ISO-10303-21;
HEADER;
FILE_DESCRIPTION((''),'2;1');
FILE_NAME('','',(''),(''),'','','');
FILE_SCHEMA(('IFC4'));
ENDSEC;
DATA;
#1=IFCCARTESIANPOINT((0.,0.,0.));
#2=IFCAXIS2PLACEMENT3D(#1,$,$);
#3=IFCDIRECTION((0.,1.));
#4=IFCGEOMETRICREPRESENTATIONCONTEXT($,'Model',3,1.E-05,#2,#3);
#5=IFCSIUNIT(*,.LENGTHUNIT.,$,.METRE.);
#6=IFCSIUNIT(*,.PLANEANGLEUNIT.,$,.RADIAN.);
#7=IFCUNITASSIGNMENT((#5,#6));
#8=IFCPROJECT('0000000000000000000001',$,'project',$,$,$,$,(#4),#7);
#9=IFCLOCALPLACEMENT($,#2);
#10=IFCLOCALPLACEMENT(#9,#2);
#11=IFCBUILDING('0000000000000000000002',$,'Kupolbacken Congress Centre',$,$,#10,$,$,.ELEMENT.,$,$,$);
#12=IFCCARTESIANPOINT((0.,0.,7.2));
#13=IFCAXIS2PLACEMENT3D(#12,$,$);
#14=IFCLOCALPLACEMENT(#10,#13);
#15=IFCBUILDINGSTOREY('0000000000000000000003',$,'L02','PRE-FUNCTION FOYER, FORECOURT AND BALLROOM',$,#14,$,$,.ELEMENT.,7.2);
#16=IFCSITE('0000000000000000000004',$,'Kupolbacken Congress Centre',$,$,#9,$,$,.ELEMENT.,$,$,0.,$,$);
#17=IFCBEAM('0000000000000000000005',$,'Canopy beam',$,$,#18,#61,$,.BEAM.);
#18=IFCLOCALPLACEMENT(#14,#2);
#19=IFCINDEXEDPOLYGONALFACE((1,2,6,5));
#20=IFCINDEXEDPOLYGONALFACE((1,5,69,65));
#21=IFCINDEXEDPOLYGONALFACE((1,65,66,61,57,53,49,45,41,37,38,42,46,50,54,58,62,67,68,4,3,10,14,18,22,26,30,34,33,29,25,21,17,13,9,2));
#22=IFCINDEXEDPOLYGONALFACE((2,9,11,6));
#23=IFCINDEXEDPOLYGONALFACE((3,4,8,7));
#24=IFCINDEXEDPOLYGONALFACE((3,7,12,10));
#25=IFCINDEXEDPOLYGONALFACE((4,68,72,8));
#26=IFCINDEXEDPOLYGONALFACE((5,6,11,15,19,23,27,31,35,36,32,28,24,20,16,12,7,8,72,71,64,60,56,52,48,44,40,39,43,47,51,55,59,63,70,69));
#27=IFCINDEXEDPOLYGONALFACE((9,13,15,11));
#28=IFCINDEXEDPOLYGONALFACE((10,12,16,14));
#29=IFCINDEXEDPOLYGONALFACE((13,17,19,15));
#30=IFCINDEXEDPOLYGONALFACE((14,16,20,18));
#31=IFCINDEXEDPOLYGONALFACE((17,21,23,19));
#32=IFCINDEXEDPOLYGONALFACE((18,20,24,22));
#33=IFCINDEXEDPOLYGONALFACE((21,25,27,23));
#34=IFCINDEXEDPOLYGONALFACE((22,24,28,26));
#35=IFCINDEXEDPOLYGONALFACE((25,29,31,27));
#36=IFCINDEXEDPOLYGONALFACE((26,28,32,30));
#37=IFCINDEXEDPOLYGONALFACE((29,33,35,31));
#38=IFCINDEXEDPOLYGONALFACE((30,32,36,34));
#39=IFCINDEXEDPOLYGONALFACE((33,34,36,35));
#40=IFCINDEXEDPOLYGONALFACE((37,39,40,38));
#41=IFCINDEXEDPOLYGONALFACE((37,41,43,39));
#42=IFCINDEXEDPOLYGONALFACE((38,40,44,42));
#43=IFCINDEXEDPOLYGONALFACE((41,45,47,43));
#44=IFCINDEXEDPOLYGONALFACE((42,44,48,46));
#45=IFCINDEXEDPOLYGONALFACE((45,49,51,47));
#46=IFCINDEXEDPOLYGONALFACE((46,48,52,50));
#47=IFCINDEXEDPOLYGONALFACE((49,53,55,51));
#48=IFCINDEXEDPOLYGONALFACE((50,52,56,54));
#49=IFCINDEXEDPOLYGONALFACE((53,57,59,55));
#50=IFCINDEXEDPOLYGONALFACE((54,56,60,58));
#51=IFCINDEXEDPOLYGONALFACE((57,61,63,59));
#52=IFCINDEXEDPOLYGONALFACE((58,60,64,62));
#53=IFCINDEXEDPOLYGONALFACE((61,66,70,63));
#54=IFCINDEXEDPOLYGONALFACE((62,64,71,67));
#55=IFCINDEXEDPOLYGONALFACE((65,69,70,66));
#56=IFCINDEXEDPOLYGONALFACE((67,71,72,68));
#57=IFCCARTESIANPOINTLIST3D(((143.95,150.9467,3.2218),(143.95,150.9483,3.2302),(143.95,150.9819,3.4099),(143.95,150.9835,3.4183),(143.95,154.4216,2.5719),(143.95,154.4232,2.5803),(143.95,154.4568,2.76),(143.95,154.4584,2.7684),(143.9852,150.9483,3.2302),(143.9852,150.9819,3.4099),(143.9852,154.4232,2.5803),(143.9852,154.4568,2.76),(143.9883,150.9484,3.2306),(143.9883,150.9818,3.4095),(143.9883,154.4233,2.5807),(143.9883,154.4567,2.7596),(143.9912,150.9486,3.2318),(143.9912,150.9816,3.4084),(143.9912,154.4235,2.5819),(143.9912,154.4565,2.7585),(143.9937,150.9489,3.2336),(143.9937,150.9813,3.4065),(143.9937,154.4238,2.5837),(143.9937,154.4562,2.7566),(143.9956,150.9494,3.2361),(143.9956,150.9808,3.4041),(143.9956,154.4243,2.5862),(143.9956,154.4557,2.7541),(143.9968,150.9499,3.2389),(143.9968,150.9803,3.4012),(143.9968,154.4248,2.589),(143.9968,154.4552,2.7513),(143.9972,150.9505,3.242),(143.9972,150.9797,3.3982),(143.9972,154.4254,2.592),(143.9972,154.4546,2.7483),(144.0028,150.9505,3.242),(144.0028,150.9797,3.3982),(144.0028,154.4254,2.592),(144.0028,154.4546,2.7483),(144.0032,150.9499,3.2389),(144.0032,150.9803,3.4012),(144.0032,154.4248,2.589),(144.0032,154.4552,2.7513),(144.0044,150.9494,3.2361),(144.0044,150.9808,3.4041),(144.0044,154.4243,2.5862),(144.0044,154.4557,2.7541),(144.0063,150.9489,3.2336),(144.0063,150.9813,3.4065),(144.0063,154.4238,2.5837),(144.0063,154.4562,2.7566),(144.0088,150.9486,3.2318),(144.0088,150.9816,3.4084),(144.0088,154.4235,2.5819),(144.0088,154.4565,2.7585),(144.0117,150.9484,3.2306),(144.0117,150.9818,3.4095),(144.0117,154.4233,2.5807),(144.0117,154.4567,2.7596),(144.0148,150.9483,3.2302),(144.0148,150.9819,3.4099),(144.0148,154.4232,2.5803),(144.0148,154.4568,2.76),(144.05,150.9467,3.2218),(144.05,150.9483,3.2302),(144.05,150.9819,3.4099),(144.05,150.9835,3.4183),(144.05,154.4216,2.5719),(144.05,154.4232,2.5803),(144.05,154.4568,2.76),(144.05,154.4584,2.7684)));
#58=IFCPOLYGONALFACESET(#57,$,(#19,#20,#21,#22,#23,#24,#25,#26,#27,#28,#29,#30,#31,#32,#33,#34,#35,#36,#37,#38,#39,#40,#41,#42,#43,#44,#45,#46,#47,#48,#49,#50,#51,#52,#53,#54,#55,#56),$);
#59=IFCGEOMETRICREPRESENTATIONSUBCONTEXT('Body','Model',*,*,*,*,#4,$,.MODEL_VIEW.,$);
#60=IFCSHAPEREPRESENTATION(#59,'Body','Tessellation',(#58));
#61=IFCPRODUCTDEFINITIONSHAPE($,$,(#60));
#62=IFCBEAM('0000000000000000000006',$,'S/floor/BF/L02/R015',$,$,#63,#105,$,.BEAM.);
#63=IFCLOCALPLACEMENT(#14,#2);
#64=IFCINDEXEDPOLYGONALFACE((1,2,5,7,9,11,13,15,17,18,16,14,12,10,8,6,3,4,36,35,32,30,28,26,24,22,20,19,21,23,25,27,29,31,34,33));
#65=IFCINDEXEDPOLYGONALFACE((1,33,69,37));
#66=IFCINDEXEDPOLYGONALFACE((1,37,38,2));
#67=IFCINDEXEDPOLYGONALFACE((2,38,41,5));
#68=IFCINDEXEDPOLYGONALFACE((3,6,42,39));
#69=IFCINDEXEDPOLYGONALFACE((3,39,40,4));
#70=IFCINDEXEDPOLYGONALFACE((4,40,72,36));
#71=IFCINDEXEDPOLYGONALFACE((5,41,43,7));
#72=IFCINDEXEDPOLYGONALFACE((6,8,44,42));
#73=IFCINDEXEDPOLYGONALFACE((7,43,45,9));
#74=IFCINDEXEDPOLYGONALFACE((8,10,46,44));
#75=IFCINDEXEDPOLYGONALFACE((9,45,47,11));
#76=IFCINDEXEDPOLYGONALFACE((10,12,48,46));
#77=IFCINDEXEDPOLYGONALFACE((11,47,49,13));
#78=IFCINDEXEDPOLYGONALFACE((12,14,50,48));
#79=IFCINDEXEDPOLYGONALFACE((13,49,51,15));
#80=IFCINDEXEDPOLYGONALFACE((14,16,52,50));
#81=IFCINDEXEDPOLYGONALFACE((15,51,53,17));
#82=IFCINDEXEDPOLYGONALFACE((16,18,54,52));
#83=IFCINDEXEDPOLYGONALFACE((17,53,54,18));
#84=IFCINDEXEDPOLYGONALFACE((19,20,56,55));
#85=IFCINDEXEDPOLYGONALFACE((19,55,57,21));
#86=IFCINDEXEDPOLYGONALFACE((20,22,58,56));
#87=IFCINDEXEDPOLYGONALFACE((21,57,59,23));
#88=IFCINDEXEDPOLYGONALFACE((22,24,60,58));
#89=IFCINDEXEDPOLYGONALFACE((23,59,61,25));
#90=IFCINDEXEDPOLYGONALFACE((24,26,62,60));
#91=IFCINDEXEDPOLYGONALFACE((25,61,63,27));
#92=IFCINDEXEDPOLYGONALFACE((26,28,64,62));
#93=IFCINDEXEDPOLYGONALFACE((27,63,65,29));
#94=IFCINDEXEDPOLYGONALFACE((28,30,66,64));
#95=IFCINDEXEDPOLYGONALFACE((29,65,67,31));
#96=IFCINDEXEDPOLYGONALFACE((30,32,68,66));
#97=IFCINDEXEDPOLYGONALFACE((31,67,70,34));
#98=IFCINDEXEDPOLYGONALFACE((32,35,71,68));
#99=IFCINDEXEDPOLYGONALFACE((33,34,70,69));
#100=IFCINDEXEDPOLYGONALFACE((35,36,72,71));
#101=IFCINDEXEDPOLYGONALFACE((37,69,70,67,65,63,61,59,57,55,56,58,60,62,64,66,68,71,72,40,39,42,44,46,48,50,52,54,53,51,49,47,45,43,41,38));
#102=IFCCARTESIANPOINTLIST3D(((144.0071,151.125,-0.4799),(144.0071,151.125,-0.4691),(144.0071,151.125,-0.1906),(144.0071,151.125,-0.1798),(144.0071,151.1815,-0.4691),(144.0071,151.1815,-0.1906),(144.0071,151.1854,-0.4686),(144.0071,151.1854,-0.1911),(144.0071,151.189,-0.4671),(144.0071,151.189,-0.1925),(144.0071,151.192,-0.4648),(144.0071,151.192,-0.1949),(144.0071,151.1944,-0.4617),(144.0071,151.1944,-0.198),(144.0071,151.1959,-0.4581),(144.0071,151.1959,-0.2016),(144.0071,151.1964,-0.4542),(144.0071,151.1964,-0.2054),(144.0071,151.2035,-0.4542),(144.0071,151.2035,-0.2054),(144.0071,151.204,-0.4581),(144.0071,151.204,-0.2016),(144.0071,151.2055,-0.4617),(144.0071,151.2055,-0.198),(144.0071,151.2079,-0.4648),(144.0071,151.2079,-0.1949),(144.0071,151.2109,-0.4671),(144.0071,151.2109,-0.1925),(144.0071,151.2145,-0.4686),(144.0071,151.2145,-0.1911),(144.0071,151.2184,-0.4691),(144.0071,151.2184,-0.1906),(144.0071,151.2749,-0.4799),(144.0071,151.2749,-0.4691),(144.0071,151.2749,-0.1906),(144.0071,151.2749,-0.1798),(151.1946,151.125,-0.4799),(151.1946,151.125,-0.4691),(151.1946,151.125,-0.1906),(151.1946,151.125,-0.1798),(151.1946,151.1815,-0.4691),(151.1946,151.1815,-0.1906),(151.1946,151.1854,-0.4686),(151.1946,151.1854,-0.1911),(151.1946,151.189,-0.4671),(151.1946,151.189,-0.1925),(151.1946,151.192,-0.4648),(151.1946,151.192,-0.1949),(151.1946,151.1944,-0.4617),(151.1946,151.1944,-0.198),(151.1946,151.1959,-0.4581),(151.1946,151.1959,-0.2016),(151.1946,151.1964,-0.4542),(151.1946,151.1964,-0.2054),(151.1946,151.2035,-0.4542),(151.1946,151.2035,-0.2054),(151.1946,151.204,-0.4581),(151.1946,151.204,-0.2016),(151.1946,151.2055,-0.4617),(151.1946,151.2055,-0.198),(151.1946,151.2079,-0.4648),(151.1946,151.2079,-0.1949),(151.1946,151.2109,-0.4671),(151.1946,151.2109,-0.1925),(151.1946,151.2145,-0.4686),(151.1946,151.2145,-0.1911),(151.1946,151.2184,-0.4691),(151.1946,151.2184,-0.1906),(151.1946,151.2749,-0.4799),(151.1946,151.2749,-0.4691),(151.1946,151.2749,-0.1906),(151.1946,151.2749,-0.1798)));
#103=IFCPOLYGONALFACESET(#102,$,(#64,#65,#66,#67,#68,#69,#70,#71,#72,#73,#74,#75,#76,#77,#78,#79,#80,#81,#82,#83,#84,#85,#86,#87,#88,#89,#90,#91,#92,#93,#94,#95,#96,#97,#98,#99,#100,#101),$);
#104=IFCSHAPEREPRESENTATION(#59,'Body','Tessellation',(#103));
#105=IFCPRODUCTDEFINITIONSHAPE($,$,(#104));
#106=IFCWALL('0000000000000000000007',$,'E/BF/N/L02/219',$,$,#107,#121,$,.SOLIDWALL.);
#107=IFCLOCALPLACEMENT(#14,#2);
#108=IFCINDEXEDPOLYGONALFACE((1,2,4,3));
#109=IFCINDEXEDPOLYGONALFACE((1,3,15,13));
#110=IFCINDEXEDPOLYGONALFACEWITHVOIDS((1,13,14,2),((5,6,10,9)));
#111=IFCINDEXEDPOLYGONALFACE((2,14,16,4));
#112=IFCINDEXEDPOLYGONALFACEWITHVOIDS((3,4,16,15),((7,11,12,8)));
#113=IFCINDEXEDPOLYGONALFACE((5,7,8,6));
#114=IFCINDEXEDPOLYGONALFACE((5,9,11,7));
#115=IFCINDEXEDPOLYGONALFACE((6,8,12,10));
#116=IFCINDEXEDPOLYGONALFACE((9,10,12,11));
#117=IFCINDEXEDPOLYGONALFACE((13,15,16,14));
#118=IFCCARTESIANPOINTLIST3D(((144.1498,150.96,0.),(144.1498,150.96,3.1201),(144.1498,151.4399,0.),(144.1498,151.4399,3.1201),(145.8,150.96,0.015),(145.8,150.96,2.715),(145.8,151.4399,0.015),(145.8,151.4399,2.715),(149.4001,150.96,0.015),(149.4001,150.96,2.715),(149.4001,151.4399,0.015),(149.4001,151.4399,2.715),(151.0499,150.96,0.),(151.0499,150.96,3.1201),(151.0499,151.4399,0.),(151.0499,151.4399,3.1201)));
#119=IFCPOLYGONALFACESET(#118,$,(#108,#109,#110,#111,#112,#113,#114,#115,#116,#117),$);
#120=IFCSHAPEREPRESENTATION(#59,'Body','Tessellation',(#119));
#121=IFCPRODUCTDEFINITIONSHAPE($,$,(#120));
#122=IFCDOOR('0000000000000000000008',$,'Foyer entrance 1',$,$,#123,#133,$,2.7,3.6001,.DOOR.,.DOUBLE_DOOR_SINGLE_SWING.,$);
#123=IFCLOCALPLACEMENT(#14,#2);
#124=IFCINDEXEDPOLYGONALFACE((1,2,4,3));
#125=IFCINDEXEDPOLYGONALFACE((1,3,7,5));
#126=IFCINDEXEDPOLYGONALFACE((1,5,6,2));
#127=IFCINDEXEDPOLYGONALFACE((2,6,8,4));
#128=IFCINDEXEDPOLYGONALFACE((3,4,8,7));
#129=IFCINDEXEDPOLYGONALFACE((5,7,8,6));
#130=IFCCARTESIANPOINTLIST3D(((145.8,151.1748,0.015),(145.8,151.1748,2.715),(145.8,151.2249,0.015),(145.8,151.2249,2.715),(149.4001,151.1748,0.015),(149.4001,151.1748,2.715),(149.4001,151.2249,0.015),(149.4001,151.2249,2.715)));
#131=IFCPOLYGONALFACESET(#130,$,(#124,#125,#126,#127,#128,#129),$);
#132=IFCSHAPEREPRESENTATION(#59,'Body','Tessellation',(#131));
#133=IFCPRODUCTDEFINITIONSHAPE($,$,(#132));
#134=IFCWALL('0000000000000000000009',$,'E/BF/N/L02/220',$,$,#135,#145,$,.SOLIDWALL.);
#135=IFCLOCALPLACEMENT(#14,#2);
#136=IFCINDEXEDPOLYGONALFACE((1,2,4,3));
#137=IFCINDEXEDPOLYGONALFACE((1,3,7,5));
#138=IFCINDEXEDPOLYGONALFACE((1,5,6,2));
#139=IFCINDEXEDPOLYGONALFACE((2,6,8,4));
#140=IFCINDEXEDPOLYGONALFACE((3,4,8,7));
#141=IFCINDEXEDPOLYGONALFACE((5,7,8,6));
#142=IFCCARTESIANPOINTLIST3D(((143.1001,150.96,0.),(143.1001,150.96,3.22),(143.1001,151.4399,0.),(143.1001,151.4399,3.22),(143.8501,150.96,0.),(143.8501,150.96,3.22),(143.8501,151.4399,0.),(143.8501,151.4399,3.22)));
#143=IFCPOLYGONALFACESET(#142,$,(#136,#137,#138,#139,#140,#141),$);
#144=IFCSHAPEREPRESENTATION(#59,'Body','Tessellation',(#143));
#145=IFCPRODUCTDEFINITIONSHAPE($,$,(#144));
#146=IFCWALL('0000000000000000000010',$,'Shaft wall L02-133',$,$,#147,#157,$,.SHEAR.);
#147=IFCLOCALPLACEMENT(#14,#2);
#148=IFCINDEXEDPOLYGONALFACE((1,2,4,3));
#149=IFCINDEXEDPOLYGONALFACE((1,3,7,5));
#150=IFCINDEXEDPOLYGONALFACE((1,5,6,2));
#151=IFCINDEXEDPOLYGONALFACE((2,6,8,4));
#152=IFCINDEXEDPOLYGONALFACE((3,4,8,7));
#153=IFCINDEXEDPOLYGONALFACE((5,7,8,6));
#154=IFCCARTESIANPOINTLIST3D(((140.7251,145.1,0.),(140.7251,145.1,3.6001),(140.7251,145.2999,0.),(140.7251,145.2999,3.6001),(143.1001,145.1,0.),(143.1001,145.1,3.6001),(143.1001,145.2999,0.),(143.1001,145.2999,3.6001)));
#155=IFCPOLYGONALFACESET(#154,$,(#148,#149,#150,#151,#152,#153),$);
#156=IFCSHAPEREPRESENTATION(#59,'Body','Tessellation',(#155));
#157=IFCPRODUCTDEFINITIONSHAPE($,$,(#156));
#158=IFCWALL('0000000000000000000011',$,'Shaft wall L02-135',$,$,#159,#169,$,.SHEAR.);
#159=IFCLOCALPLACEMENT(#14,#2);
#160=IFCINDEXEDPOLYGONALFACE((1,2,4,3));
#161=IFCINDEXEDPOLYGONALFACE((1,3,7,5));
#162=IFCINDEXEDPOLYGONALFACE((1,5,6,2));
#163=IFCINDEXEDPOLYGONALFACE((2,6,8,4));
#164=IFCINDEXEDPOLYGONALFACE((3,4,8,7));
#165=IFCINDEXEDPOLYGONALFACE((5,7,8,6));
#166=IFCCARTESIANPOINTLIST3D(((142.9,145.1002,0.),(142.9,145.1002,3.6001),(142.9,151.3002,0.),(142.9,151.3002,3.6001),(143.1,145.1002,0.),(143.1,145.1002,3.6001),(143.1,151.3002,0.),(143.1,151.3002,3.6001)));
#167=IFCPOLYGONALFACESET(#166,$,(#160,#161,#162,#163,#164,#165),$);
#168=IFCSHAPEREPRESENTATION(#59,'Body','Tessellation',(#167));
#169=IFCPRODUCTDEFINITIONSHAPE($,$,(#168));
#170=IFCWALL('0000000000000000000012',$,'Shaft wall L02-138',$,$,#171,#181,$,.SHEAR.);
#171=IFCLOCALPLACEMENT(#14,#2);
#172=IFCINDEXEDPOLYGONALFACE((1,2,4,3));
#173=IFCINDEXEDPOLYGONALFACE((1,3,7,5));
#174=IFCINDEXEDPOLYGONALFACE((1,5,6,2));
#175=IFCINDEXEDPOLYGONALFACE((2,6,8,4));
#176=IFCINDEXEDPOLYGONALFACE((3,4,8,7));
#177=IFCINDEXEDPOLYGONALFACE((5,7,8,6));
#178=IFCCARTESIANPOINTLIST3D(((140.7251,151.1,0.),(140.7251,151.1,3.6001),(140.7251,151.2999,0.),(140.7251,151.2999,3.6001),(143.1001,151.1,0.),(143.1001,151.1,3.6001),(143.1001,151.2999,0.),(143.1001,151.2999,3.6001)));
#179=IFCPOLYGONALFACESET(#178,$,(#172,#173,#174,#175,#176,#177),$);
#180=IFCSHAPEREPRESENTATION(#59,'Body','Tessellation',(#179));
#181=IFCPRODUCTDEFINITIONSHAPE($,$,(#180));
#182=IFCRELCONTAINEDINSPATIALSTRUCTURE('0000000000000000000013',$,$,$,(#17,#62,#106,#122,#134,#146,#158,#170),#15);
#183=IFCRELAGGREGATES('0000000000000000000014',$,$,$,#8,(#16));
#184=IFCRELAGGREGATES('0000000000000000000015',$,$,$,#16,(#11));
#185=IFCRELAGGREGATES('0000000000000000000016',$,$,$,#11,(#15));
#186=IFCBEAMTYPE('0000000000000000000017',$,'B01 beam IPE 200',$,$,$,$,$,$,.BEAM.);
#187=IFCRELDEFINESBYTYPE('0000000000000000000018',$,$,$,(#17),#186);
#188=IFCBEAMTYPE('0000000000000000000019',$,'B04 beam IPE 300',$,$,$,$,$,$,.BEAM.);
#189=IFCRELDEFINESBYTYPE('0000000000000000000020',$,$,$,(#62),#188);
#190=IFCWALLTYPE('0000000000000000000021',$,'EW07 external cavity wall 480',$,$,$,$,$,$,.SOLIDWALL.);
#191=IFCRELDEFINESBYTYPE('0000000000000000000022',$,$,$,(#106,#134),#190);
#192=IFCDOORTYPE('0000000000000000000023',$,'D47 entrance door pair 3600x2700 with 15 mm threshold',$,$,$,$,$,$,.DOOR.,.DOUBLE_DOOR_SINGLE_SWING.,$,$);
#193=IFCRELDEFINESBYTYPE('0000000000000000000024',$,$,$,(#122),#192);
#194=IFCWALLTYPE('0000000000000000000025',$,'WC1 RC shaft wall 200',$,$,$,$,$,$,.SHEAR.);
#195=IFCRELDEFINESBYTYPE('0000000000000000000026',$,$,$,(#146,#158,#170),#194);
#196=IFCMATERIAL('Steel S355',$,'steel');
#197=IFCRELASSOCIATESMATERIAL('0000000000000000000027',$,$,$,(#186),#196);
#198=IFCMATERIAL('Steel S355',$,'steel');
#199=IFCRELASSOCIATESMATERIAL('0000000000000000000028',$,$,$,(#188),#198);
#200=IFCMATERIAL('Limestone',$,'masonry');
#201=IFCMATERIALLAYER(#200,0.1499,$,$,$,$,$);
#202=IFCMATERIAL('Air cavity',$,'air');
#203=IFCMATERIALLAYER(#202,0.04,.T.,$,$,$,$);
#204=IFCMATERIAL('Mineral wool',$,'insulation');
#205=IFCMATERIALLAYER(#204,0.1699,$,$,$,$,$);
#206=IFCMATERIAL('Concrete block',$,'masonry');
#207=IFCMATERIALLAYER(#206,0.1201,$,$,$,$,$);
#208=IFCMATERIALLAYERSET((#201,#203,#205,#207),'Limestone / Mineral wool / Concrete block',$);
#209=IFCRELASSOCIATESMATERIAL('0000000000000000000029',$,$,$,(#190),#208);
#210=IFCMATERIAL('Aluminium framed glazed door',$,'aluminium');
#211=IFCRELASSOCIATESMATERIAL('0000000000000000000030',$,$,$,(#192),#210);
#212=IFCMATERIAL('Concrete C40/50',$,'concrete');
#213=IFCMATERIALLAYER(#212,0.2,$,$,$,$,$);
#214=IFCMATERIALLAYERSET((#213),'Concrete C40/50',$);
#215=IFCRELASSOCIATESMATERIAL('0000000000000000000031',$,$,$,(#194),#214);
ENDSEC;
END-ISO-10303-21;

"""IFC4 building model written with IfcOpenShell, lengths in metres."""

from ifc_helpers import new_model, si_unit, direction, frame, frame_2d, origin, origin_2d, place, context, subcontext, project, spatial, rectangle, i_section, extrude, material, layer, layer_set, material_profile, profile_set, type_object, element, fill, save


model = new_model("IFC4")

# Units and contexts
model_context = context("Model", 3, precision=1e-05, world=origin(), true_north=direction((0.0, 1.0)))
body_context = subcontext(model_context, "Body", "Model", "MODEL_VIEW")
ifc_project = project(units=[si_unit("LENGTHUNIT", "METRE"), si_unit("PLANEANGLEUNIT", "RADIAN")], contexts=[model_context])

# Site, building, storey
site_placement = place(None, origin())
site = spatial("IfcSite", under=ifc_project, at=site_placement, Name="Kupolbacken Congress Centre", CompositionType="ELEMENT", RefElevation=0.0)
building_placement = place(site_placement, origin())
building = spatial("IfcBuilding", under=site, at=building_placement, Name="Kupolbacken Congress Centre", CompositionType="ELEMENT")
storey_placement = place(building_placement, frame((0.0, 0.0, 7.2)))
storey = spatial("IfcBuildingStorey", under=building, at=storey_placement, Name="L02", Description="PRE-FUNCTION FOYER, FORECOURT AND BALLROOM", CompositionType="ELEMENT", Elevation=7.2)

# Beams
ifc_material_1 = material(Name="Steel S355", Category="steel")
ifc_material_profile_1 = material_profile(ifc_material_1, i_section(OverallWidth=0.1001, OverallDepth=0.2, WebThickness=0.0056, FlangeThickness=0.0085, FilletRadius=0.012, at=origin_2d()), Name="IPE 200")
ifc_profile_set_1 = profile_set([ifc_material_profile_1], Name="Steel S355")
beam_type_1 = type_object("IfcBeamType", Name="B01 beam IPE 200", PredefinedType="BEAM", material=ifc_profile_set_1)
beam_1_placement = place(storey_placement, frame((144.0, 150.9651, 3.3201), z_axis=(0.0, 0.982956, -0.183842), x_axis=(-1.0, 0.0, 0.0)))
element("IfcBeam", 1, at=beam_1_placement, inside=storey, type_object=beam_type_1, Name="Canopy beam", PredefinedType="BEAM", context=body_context, shape_type="SweptSolid", body=[
    extrude(i_section(OverallWidth=0.1001, OverallDepth=0.2, WebThickness=0.0056, FlangeThickness=0.0085, FilletRadius=0.012, at=origin_2d()), origin(), (0.0, 0.0, 1.0), 3.5352),
])
ifc_material_2 = material(Name="Steel S355", Category="steel")
ifc_material_profile_2 = material_profile(ifc_material_2, i_section(OverallWidth=0.1499, OverallDepth=0.3, WebThickness=0.0071, FlangeThickness=0.0107, FilletRadius=0.0149, at=origin_2d()), Name="IPE 300")
ifc_profile_set_2 = profile_set([ifc_material_profile_2], Name="Steel S355")
beam_type_2 = type_object("IfcBeamType", Name="B04 beam IPE 300", PredefinedType="BEAM", material=ifc_profile_set_2)
beam_2_placement = place(storey_placement, frame((144.0071, 151.2, -0.3298), z_axis=(1.0, 0.0, 0.0), x_axis=(0.0, 1.0, 0.0)))
element("IfcBeam", 2, at=beam_2_placement, inside=storey, type_object=beam_type_2, Name="S/floor/BF/L02/R015", PredefinedType="BEAM", context=body_context, shape_type="SweptSolid", body=[
    extrude(i_section(OverallWidth=0.1499, OverallDepth=0.3, WebThickness=0.0071, FlangeThickness=0.0107, FilletRadius=0.0149, at=origin_2d()), origin(), (0.0, 0.0, 1.0), 7.1875),
])

# Wall, opening, door
ifc_material_3 = material(Name="Limestone", Category="masonry")
ifc_layer_1 = layer(ifc_material_3, 0.1499)
ifc_material_4 = material(Name="Air cavity", Category="air")
ifc_layer_2 = layer(ifc_material_4, 0.04, ventilated=True)
ifc_material_5 = material(Name="Mineral wool", Category="insulation")
ifc_layer_3 = layer(ifc_material_5, 0.1699)
ifc_material_6 = material(Name="Concrete block", Category="masonry")
ifc_layer_4 = layer(ifc_material_6, 0.1201)
ifc_layer_set_1 = layer_set([ifc_layer_1, ifc_layer_2, ifc_layer_3, ifc_layer_4], Name="Limestone / Mineral wool / Concrete block")
wall_type_1 = type_object("IfcWallType", Name="EW07 external cavity wall 480", PredefinedType="SOLIDWALL", material=ifc_layer_set_1)
wall_1_placement = place(storey_placement, frame((151.05, 151.2, 0.0), z_axis=(0.0, 0.0, 1.0), x_axis=(-1.0, 0.0, 0.0)))
wall_1 = element("IfcWall", 3, at=wall_1_placement, inside=storey, type_object=wall_type_1, Name="E/BF/N/L02/219", PredefinedType="SOLIDWALL", context=body_context, shape_type="SweptSolid", body=[
    extrude(rectangle(XDim=6.9001, YDim=0.48, at=frame_2d((3.4502, 0.0))), origin(), (0.0, 0.0, 1.0), 3.1201),
])
opening_1_placement = place(wall_1_placement, frame((1.6499, 0.0, 0.0149)))
opening_1 = element("IfcOpeningElement", 4, at=opening_1_placement, cuts=wall_1, PredefinedType="OPENING", context=body_context, shape_type="SweptSolid", body=[
    extrude(rectangle(XDim=3.6001, YDim=2.7, at=frame_2d((1.8, 1.3501))), frame((0.0, 0.25, 0.0), z_axis=(0.0, -1.0, 0.0), x_axis=(1.0, 0.0, 0.0)), (0.0, 0.0, 1.0), 0.5),
])
ifc_material_7 = material(Name="Aluminium framed glazed door", Category="aluminium")
door_type = type_object("IfcDoorType", Name="D47 entrance door pair 3600x2700 with 15 mm threshold", OperationType="DOUBLE_DOOR_SINGLE_SWING", PredefinedType="DOOR", material=ifc_material_7)
door_placement = place(opening_1_placement, frame((3.6001, 0.0, 0.0), z_axis=(0.0, 0.0, 1.0), x_axis=(-1.0, 0.0, 0.0)))
door = element("IfcDoor", 5, at=door_placement, inside=storey, type_object=door_type, Name="Foyer entrance 1", OperationType="DOUBLE_DOOR_SINGLE_SWING", OverallHeight=2.7, OverallWidth=3.6001, PredefinedType="DOOR", context=body_context, shape_type="SweptSolid", body=[
    extrude(rectangle(XDim=3.6001, YDim=2.7, at=frame_2d((1.8, 1.3501))), frame((0.0, 0.0249, 0.0), z_axis=(0.0, -1.0, 0.0), x_axis=(1.0, 0.0, 0.0)), (0.0, 0.0, 1.0), 0.05),
])
fill(opening_1, door)

# Walls
wall_2_placement = place(storey_placement, frame((143.8501, 151.2, 0.0), z_axis=(0.0, 0.0, 1.0), x_axis=(-1.0, 0.0, 0.0)))
element("IfcWall", 6, at=wall_2_placement, inside=storey, type_object=wall_type_1, Name="E/BF/N/L02/220", PredefinedType="SOLIDWALL", context=body_context, shape_type="SweptSolid", body=[
    extrude(rectangle(XDim=0.75, YDim=0.48, at=frame_2d((0.375, 0.0))), origin(), (0.0, 0.0, 1.0), 3.22),
])
ifc_material_8 = material(Name="Concrete C40/50", Category="concrete")
ifc_layer_5 = layer(ifc_material_8, 0.2)
ifc_layer_set_2 = layer_set([ifc_layer_5], Name="Concrete C40/50")
wall_type_2 = type_object("IfcWallType", Name="WC1 RC shaft wall 200", PredefinedType="SHEAR", material=ifc_layer_set_2)
wall_3_placement = place(storey_placement, frame((140.7251, 145.2, 0.0), z_axis=(0.0, 0.0, 1.0), x_axis=(1.0, 0.0, 0.0)))
element("IfcWall", 7, at=wall_3_placement, inside=storey, type_object=wall_type_2, Name="Shaft wall L02-133", PredefinedType="SHEAR", context=body_context, shape_type="SweptSolid", body=[
    extrude(rectangle(XDim=2.375, YDim=0.2, at=frame_2d((1.1875, 0.0))), origin(), (0.0, 0.0, 1.0), 3.6001),
])
wall_4_placement = place(storey_placement, frame((143.0, 145.1001, 0.0), z_axis=(0.0, 0.0, 1.0), x_axis=(0.0, 1.0, 0.0)))
element("IfcWall", 8, at=wall_4_placement, inside=storey, type_object=wall_type_2, Name="Shaft wall L02-135", PredefinedType="SHEAR", context=body_context, shape_type="SweptSolid", body=[
    extrude(rectangle(XDim=6.2, YDim=0.2, at=frame_2d((3.1001, 0.0))), origin(), (0.0, 0.0, 1.0), 3.6001),
])
wall_5_placement = place(storey_placement, frame((143.1001, 151.2, 0.0), z_axis=(0.0, 0.0, 1.0), x_axis=(-1.0, 0.0, 0.0)))
element("IfcWall", 9, at=wall_5_placement, inside=storey, type_object=wall_type_2, Name="Shaft wall L02-138", PredefinedType="SHEAR", context=body_context, shape_type="SweptSolid", body=[
    extrude(rectangle(XDim=2.375, YDim=0.2, at=frame_2d((1.1875, 0.0))), origin(), (0.0, 0.0, 1.0), 3.6001),
])

save(model, "model.ifc")
